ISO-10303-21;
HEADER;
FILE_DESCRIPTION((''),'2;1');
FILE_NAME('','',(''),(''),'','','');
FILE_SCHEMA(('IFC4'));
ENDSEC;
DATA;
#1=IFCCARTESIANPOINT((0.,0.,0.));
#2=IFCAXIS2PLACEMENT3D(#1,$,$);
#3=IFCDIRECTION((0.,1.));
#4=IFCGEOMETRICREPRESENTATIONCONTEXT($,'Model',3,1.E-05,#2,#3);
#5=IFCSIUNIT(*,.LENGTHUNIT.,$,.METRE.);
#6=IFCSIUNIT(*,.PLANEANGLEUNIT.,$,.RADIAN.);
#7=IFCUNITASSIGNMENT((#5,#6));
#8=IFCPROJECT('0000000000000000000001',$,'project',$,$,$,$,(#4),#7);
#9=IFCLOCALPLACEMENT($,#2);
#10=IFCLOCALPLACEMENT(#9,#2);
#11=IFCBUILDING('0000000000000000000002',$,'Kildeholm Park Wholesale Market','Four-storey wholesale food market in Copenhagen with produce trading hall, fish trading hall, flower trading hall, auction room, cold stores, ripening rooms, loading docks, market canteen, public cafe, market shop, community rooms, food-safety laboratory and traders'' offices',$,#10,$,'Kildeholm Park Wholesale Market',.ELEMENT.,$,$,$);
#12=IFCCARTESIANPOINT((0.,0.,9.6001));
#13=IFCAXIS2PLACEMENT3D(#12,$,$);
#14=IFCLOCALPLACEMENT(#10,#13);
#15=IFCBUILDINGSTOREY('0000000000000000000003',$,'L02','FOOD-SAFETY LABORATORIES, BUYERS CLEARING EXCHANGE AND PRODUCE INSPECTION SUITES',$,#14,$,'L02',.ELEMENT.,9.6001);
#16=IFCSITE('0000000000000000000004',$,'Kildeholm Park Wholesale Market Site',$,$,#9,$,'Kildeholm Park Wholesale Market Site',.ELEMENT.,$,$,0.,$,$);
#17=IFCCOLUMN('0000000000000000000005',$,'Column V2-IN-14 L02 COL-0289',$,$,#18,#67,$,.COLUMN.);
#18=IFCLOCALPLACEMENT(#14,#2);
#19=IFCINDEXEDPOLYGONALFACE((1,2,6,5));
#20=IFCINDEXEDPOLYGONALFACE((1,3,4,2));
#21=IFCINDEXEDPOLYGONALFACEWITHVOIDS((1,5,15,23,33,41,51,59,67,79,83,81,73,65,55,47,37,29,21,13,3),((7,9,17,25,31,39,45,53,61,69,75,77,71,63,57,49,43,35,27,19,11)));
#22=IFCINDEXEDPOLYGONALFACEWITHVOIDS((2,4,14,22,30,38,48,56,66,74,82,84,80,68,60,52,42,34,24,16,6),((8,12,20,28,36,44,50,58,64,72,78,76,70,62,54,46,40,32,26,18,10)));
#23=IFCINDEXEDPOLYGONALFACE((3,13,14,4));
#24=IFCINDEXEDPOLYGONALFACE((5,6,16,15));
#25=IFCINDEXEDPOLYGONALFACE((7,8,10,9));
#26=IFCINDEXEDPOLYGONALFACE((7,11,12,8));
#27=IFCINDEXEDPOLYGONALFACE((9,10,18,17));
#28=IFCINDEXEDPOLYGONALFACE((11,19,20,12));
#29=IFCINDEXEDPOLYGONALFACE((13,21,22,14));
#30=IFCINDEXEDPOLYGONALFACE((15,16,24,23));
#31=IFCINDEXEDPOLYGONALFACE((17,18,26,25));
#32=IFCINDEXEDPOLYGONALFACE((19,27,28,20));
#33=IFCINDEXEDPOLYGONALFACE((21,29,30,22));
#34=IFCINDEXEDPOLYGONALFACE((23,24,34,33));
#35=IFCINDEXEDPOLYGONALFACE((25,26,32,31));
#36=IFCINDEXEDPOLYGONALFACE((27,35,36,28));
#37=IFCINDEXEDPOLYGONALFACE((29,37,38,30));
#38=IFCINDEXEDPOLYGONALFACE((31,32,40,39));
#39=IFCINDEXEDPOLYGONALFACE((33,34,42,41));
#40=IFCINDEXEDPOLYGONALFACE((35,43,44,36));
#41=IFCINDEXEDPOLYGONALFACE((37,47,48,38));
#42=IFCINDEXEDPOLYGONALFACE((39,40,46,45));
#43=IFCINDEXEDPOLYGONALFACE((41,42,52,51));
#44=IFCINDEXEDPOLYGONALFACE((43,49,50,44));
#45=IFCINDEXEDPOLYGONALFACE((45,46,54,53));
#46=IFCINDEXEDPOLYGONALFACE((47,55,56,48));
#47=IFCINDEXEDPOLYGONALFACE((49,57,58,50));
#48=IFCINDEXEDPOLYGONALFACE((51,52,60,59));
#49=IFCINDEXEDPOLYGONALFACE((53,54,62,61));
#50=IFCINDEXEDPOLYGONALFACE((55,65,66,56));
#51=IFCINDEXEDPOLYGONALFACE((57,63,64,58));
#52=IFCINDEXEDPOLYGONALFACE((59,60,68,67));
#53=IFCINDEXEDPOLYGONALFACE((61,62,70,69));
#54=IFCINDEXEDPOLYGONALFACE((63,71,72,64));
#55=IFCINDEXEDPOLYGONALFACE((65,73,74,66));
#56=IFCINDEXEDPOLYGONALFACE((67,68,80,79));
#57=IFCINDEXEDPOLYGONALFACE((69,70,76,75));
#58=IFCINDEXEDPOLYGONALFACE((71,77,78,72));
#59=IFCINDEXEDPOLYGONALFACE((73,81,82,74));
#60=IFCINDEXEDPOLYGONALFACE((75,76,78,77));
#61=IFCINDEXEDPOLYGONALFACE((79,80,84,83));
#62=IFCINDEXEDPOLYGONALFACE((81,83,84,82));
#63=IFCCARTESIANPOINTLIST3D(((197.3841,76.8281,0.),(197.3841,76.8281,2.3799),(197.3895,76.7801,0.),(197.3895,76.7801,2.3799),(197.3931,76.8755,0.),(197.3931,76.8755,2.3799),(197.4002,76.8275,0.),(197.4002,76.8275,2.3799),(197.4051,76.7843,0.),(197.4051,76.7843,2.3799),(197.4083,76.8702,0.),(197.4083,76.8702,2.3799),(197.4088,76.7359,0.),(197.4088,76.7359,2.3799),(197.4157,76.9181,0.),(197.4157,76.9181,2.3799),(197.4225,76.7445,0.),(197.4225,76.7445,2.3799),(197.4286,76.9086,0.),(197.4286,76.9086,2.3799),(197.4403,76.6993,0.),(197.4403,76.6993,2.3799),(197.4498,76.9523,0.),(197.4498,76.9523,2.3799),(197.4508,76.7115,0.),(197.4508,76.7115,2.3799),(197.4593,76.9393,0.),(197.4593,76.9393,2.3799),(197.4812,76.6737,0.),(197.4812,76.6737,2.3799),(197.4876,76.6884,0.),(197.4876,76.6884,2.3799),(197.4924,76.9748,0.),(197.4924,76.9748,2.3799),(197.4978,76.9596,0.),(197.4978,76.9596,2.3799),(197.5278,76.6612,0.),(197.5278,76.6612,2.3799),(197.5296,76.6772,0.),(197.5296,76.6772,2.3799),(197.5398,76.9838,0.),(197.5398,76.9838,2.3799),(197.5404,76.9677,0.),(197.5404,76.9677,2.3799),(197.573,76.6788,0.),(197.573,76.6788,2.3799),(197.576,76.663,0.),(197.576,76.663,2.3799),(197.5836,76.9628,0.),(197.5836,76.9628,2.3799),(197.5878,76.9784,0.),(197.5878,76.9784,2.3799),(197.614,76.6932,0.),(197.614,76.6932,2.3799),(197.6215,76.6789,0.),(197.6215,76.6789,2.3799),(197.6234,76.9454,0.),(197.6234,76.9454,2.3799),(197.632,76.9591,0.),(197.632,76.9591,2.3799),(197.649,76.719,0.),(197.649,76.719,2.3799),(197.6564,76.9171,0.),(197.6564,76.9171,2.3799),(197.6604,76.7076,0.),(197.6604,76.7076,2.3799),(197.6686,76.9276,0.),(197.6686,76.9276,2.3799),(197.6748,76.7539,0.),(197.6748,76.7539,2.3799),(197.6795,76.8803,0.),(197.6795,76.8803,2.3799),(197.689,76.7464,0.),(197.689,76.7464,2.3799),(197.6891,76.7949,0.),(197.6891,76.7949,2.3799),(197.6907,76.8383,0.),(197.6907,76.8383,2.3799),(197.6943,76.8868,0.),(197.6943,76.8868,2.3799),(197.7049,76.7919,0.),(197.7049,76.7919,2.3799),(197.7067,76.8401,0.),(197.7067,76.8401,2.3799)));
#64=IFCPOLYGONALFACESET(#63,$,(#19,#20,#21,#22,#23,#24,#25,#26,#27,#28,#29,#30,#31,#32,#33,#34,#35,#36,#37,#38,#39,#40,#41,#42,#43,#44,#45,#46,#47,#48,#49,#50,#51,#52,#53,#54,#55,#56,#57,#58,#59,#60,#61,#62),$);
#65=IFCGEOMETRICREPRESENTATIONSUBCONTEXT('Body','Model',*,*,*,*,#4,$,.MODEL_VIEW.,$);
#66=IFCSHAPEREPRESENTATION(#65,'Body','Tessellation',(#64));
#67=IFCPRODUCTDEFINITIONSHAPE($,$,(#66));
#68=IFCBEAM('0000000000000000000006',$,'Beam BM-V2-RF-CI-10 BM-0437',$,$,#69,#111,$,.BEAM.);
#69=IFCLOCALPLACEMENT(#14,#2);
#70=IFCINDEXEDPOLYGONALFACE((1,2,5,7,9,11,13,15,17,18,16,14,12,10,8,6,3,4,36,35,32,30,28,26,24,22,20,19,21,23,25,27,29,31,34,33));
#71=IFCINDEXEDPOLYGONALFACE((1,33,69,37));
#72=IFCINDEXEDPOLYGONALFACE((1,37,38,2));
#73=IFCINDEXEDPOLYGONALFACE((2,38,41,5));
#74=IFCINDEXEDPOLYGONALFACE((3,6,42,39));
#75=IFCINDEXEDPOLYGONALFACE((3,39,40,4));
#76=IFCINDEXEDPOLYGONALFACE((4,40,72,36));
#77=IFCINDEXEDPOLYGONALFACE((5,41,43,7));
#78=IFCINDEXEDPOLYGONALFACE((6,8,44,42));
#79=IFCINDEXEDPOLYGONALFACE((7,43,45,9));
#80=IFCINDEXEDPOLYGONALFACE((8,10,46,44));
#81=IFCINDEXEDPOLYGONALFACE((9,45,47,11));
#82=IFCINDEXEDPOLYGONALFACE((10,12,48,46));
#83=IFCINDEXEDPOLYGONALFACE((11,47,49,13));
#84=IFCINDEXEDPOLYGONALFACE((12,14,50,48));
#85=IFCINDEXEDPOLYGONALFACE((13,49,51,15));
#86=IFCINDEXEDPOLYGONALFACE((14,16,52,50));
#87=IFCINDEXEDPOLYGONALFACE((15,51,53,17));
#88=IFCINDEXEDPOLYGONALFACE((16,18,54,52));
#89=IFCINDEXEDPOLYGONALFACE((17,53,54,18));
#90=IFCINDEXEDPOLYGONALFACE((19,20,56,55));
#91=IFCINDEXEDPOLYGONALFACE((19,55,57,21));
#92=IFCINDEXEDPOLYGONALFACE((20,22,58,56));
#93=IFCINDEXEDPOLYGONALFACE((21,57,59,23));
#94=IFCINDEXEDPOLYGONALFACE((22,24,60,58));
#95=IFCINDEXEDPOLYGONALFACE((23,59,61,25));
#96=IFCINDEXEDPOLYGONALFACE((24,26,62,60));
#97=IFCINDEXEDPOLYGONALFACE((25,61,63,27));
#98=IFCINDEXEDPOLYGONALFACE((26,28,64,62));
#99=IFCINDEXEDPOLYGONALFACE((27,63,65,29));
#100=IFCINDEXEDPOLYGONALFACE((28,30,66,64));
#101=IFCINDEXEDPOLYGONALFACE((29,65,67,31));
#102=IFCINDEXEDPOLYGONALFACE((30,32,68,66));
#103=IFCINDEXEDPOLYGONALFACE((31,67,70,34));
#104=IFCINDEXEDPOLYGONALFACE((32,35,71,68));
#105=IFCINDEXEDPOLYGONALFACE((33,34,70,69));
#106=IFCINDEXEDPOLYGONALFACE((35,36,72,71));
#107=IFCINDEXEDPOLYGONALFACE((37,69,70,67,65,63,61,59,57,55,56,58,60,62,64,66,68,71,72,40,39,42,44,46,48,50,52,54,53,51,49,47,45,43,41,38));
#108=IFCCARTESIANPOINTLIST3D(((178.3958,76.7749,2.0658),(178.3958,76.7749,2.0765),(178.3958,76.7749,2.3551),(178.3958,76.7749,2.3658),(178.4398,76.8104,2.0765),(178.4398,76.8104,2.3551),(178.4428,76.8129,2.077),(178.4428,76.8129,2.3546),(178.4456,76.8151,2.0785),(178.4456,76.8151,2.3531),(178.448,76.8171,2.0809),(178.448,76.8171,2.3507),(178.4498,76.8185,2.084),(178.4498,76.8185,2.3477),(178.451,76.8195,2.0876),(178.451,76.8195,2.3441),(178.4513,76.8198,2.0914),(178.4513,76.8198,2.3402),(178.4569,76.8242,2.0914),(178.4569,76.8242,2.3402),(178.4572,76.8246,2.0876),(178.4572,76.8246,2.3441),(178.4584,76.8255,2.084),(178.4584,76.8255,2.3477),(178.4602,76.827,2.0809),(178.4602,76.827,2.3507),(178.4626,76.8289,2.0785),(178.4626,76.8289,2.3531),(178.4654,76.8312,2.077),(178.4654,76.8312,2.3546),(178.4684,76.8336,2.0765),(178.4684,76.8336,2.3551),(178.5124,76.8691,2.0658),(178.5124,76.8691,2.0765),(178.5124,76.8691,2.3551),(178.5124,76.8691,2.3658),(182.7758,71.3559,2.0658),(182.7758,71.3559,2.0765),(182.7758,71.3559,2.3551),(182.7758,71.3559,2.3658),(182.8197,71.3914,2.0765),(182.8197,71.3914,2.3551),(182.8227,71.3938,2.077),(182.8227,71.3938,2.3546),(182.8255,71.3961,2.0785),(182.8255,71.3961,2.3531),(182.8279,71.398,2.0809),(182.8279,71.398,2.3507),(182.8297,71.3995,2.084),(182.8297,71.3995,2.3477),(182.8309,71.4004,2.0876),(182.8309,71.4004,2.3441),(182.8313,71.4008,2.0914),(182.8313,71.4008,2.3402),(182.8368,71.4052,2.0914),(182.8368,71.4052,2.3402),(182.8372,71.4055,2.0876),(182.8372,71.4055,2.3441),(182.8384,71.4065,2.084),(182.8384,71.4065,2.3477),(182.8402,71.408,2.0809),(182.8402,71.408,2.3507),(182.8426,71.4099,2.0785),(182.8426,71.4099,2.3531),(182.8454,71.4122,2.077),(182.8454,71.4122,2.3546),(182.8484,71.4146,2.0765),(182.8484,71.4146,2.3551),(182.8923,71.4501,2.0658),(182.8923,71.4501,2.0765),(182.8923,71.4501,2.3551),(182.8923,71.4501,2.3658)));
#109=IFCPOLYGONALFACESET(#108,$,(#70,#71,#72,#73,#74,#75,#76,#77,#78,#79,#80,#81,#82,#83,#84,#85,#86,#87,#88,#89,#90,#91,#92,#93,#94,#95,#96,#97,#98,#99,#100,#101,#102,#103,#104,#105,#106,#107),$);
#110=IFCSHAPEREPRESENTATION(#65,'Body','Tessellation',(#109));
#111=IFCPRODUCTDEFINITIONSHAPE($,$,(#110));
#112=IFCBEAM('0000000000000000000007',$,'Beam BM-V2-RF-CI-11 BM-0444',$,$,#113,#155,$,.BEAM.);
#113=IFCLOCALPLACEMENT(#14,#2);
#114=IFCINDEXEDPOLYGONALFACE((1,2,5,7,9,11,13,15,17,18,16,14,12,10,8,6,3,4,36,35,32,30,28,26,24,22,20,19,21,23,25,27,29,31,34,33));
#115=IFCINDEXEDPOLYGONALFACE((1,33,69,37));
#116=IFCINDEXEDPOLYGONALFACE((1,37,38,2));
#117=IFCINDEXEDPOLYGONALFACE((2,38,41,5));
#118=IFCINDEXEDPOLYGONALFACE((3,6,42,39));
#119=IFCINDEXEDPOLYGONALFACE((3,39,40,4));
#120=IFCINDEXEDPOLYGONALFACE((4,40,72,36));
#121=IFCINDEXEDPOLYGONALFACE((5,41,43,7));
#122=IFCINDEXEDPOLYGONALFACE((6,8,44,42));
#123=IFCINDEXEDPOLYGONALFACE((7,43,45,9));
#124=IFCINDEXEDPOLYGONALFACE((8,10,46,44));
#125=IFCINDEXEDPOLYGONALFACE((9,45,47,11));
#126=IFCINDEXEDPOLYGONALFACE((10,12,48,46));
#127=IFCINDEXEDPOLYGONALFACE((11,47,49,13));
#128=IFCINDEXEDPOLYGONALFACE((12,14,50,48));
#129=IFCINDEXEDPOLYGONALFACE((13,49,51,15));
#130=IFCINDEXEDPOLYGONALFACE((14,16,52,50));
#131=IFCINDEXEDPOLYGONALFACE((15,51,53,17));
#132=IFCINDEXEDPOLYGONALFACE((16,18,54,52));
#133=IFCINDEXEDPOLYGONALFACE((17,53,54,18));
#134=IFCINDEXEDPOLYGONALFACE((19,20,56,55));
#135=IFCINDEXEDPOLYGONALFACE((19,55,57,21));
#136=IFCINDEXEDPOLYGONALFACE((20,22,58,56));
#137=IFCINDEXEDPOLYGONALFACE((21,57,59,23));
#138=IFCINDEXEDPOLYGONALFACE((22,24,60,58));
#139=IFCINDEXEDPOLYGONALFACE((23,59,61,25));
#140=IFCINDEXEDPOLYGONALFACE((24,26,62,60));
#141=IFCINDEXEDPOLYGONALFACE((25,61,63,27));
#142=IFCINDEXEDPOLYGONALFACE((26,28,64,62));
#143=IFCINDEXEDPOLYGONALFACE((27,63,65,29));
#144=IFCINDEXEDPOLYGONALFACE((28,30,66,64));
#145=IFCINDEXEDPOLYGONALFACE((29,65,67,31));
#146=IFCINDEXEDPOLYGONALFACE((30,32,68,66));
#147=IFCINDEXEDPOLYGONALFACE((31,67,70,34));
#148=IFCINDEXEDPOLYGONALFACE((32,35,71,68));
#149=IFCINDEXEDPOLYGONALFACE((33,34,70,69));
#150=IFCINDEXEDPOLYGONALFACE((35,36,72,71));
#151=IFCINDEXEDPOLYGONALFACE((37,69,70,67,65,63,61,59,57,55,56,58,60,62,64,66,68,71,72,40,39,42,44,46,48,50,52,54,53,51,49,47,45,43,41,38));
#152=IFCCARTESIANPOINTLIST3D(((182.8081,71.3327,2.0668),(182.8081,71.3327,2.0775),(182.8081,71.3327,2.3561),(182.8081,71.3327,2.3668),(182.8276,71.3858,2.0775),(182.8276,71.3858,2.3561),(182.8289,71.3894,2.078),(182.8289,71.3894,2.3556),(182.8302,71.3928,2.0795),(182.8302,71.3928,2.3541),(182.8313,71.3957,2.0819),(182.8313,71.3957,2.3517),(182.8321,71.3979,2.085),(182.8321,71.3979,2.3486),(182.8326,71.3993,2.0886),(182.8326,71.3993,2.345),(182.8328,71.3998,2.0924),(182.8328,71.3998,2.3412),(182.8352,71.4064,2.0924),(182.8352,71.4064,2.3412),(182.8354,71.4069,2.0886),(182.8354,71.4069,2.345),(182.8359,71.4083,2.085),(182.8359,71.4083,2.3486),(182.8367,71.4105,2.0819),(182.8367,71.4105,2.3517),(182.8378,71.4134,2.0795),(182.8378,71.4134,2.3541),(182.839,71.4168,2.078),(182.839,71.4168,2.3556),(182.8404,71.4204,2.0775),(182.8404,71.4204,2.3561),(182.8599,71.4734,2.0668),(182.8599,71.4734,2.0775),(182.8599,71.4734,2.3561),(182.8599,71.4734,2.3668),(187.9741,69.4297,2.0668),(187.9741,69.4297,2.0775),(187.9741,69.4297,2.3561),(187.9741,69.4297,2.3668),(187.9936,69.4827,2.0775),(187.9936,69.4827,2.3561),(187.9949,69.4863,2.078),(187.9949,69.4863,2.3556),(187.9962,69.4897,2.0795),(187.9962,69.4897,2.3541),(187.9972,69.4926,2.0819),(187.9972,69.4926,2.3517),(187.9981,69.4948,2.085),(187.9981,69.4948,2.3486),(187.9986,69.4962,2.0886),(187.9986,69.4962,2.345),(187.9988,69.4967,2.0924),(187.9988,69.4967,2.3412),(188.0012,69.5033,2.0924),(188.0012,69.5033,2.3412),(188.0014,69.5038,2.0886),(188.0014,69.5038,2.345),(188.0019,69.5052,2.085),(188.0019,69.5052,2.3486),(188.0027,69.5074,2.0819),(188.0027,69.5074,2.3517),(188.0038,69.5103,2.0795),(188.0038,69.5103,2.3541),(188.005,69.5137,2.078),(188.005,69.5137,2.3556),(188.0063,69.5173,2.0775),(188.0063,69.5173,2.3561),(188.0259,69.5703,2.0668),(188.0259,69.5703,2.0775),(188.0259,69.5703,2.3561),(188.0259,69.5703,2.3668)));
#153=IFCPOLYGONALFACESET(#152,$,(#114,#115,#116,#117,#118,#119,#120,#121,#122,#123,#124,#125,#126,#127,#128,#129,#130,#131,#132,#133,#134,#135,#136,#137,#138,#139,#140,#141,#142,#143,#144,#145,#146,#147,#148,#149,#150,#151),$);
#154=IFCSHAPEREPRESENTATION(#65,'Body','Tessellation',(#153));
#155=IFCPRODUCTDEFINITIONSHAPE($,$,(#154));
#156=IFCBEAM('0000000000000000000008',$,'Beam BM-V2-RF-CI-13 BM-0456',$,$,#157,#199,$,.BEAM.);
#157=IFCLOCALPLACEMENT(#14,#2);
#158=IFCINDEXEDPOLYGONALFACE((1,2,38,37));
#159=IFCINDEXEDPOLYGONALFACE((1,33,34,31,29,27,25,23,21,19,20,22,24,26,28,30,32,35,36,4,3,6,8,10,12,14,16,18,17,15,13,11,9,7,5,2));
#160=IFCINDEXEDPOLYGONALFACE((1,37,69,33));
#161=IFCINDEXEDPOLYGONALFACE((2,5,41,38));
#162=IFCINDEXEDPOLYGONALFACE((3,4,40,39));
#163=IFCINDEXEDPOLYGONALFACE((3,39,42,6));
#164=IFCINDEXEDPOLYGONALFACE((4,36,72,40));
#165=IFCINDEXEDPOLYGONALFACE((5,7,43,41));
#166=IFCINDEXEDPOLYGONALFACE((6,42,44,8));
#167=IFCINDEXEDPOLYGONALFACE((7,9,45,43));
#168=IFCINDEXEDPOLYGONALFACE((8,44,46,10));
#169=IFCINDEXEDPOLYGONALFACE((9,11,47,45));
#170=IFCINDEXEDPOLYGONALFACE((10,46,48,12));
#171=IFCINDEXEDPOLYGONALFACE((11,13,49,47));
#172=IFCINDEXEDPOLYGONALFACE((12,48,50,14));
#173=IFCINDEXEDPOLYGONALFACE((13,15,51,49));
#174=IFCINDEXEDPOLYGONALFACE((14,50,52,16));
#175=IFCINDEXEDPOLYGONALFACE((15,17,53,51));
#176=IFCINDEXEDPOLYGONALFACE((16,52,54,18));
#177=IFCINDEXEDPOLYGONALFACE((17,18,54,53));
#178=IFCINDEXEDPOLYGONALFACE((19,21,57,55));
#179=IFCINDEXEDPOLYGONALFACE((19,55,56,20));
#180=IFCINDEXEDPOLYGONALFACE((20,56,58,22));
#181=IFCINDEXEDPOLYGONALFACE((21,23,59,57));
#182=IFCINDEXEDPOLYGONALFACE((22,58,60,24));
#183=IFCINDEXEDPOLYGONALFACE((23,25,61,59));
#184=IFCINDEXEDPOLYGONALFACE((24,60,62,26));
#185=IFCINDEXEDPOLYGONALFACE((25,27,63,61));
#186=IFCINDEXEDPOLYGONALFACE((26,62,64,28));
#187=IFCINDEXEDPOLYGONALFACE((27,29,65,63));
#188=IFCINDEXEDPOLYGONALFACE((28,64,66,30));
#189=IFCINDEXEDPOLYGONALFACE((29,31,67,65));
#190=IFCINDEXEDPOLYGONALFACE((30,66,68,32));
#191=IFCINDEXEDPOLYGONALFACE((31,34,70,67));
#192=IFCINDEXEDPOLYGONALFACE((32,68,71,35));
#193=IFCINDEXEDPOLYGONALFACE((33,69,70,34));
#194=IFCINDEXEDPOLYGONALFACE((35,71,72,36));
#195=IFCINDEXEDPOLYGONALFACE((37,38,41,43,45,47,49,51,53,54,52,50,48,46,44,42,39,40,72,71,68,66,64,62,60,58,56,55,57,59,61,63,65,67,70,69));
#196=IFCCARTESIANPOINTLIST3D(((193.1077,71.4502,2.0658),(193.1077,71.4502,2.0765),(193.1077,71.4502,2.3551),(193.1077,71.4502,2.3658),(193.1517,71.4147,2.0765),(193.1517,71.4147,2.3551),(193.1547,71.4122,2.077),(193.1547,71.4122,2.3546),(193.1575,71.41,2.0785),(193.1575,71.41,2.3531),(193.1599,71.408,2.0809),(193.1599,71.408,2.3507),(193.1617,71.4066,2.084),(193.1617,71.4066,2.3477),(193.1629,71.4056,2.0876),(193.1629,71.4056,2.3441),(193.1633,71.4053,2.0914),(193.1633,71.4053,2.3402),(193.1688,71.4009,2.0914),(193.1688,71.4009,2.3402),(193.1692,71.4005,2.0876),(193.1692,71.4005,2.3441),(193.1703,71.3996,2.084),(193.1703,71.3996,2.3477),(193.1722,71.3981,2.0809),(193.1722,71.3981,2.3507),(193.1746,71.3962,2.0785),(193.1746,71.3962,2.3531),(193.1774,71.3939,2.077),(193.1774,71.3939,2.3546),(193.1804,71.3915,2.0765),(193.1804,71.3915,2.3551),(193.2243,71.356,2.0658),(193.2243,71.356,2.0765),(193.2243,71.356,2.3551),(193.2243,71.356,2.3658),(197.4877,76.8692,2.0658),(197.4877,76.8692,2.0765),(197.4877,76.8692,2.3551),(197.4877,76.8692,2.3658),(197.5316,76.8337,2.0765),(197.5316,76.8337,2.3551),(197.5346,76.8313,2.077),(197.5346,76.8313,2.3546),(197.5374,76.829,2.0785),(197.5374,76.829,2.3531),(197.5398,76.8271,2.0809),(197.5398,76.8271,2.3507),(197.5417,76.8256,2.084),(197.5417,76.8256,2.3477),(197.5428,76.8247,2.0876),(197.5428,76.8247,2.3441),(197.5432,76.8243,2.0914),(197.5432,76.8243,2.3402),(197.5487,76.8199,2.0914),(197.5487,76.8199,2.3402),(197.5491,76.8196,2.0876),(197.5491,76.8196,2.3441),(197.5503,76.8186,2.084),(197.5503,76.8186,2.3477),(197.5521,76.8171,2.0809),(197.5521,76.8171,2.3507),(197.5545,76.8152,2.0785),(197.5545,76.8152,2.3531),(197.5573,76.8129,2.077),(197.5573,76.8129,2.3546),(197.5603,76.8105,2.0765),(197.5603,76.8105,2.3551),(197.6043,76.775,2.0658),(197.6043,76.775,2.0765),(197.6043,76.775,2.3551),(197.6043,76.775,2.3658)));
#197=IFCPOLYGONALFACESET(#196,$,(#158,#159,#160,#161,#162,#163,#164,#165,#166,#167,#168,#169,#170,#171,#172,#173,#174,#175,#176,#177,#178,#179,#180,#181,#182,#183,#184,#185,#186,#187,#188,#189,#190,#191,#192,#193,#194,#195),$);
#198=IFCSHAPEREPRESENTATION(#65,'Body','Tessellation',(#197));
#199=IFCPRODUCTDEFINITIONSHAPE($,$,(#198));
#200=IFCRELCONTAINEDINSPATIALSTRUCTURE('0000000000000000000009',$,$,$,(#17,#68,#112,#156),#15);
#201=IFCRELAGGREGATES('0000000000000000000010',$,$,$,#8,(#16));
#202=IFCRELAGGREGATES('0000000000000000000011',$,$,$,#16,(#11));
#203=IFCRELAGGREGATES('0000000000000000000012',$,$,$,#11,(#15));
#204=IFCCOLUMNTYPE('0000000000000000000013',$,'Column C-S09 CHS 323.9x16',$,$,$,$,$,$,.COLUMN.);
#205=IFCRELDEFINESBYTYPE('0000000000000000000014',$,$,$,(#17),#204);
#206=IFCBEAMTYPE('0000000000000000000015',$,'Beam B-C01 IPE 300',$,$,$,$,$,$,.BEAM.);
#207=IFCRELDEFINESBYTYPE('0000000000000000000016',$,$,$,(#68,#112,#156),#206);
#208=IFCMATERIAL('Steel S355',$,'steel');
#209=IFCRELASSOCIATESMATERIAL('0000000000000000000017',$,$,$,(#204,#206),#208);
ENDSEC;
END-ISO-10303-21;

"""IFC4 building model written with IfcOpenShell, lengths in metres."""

from ifc_helpers import new_model, si_unit, direction, frame, origin, origin_2d, place, context, subcontext, project, spatial, hollow_circle, i_section, extrude, material, material_profile, profile_set, type_object, element, save


model = new_model("IFC4")

# Units and contexts
model_context = context("Model", 3, precision=1e-05, world=origin(), true_north=direction((0.0, 1.0)))
body_context = subcontext(model_context, "Body", "Model", "MODEL_VIEW")
ifc_project = project(units=[si_unit("LENGTHUNIT", "METRE"), si_unit("PLANEANGLEUNIT", "RADIAN")], contexts=[model_context])

# Site, building, storey
site_placement = place(None, origin())
site = spatial("IfcSite", under=ifc_project, at=site_placement, Name="Kildeholm Park Wholesale Market Site", LongName="Kildeholm Park Wholesale Market Site", CompositionType="ELEMENT", RefElevation=0.0)
building_placement = place(site_placement, origin())
building = spatial("IfcBuilding", under=site, at=building_placement, Name="Kildeholm Park Wholesale Market", Description="Four-storey wholesale food market in Copenhagen with produce trading hall, fish trading hall, flower trading hall, auction room, cold stores, ripening rooms, loading docks, market canteen, public cafe, market shop, community rooms, food-safety laboratory and traders' offices", LongName="Kildeholm Park Wholesale Market", CompositionType="ELEMENT")
storey_placement = place(building_placement, frame((0.0, 0.0, 9.6001)))
storey = spatial("IfcBuildingStorey", under=building, at=storey_placement, Name="L02", Description="FOOD-SAFETY LABORATORIES, BUYERS CLEARING EXCHANGE AND PRODUCE INSPECTION SUITES", LongName="L02", CompositionType="ELEMENT", Elevation=9.6001)

# Column
ifc_material_1 = material(Name="Steel S355", Category="steel")
ifc_material_profile_1 = material_profile(ifc_material_1, hollow_circle(Radius=0.1619, WallThickness=0.0161, at=origin_2d()), Name="CHS 323.9x16")
ifc_profile_set_1 = profile_set([ifc_material_profile_1], Name="Steel S355")
column_type = type_object("IfcColumnType", Name="Column C-S09 CHS 323.9x16", PredefinedType="COLUMN", material=ifc_profile_set_1)
for number, where, z_axis, x_axis, name in (
    (1, (197.5459, 76.822, 0.0), (0.0, 0.0, 1.0), (0.707107, -0.707107, 0.0), "Column V2-IN-14 L02 COL-0289"),
):
    element("IfcColumn", number, at=place(storey_placement, frame(where, z_axis=z_axis, x_axis=x_axis)), inside=storey, type_object=column_type, Name=name, PredefinedType="COLUMN", context=body_context, shape_type="SweptSolid", body=[
        extrude(hollow_circle(Radius=0.1619, WallThickness=0.0161, at=origin_2d()), origin(), (0.0, 0.0, 1.0), 2.3799),
    ])

# Beams
ifc_material_profile_2 = material_profile(ifc_material_1, i_section(OverallWidth=0.1499, OverallDepth=0.3, WebThickness=0.0071, FlangeThickness=0.0107, FilletRadius=0.0149, at=origin_2d()), Name="IPE 300")
ifc_profile_set_2 = profile_set([ifc_material_profile_2], Name="Steel S355")
beam_type_1 = type_object("IfcBeamType", Name="Beam B-C01 IPE 300", PredefinedType="BEAM", material=ifc_profile_set_2)
beam_1_placement = place(storey_placement, frame((178.4541, 76.822, 2.2158), z_axis=(0.628601, -0.777728, 0.0), x_axis=(0.777728, 0.628601, 0.0)))
element("IfcBeam", 2, at=beam_1_placement, inside=storey, type_object=beam_type_1, Name="Beam BM-V2-RF-CI-10 BM-0437", PredefinedType="BEAM", context=body_context, shape_type="SweptSolid", body=[
    extrude(i_section(OverallWidth=0.1499, OverallDepth=0.3, WebThickness=0.0071, FlangeThickness=0.0107, FilletRadius=0.0149, at=origin_2d()), origin(), (0.0, 0.0, 1.0), 6.9678),
])
beam_2_placement = place(storey_placement, frame((182.834, 71.4031, 2.2168), z_axis=(0.938354, -0.345675, 0.0), x_axis=(0.345675, 0.938354, 0.0)))
element("IfcBeam", 3, at=beam_2_placement, inside=storey, type_object=beam_type_1, Name="Beam BM-V2-RF-CI-11 BM-0444", PredefinedType="BEAM", context=body_context, shape_type="SweptSolid", body=[
    extrude(i_section(OverallWidth=0.1499, OverallDepth=0.3, WebThickness=0.0071, FlangeThickness=0.0107, FilletRadius=0.0149, at=origin_2d()), origin(), (0.0, 0.0, 1.0), 5.5054),
])
beam_3_placement = place(storey_placement, frame((193.166, 71.4031, 2.2158), z_axis=(0.628601, 0.777728, 0.0), x_axis=(-0.777728, 0.628601, 0.0)))
element("IfcBeam", 4, at=beam_3_placement, inside=storey, type_object=beam_type_1, Name="Beam BM-V2-RF-CI-13 BM-0456", PredefinedType="BEAM", context=body_context, shape_type="SweptSolid", body=[
    extrude(i_section(OverallWidth=0.1499, OverallDepth=0.3, WebThickness=0.0071, FlangeThickness=0.0107, FilletRadius=0.0149, at=origin_2d()), origin(), (0.0, 0.0, 1.0), 6.9678),
])

save(model, "model.ifc")
